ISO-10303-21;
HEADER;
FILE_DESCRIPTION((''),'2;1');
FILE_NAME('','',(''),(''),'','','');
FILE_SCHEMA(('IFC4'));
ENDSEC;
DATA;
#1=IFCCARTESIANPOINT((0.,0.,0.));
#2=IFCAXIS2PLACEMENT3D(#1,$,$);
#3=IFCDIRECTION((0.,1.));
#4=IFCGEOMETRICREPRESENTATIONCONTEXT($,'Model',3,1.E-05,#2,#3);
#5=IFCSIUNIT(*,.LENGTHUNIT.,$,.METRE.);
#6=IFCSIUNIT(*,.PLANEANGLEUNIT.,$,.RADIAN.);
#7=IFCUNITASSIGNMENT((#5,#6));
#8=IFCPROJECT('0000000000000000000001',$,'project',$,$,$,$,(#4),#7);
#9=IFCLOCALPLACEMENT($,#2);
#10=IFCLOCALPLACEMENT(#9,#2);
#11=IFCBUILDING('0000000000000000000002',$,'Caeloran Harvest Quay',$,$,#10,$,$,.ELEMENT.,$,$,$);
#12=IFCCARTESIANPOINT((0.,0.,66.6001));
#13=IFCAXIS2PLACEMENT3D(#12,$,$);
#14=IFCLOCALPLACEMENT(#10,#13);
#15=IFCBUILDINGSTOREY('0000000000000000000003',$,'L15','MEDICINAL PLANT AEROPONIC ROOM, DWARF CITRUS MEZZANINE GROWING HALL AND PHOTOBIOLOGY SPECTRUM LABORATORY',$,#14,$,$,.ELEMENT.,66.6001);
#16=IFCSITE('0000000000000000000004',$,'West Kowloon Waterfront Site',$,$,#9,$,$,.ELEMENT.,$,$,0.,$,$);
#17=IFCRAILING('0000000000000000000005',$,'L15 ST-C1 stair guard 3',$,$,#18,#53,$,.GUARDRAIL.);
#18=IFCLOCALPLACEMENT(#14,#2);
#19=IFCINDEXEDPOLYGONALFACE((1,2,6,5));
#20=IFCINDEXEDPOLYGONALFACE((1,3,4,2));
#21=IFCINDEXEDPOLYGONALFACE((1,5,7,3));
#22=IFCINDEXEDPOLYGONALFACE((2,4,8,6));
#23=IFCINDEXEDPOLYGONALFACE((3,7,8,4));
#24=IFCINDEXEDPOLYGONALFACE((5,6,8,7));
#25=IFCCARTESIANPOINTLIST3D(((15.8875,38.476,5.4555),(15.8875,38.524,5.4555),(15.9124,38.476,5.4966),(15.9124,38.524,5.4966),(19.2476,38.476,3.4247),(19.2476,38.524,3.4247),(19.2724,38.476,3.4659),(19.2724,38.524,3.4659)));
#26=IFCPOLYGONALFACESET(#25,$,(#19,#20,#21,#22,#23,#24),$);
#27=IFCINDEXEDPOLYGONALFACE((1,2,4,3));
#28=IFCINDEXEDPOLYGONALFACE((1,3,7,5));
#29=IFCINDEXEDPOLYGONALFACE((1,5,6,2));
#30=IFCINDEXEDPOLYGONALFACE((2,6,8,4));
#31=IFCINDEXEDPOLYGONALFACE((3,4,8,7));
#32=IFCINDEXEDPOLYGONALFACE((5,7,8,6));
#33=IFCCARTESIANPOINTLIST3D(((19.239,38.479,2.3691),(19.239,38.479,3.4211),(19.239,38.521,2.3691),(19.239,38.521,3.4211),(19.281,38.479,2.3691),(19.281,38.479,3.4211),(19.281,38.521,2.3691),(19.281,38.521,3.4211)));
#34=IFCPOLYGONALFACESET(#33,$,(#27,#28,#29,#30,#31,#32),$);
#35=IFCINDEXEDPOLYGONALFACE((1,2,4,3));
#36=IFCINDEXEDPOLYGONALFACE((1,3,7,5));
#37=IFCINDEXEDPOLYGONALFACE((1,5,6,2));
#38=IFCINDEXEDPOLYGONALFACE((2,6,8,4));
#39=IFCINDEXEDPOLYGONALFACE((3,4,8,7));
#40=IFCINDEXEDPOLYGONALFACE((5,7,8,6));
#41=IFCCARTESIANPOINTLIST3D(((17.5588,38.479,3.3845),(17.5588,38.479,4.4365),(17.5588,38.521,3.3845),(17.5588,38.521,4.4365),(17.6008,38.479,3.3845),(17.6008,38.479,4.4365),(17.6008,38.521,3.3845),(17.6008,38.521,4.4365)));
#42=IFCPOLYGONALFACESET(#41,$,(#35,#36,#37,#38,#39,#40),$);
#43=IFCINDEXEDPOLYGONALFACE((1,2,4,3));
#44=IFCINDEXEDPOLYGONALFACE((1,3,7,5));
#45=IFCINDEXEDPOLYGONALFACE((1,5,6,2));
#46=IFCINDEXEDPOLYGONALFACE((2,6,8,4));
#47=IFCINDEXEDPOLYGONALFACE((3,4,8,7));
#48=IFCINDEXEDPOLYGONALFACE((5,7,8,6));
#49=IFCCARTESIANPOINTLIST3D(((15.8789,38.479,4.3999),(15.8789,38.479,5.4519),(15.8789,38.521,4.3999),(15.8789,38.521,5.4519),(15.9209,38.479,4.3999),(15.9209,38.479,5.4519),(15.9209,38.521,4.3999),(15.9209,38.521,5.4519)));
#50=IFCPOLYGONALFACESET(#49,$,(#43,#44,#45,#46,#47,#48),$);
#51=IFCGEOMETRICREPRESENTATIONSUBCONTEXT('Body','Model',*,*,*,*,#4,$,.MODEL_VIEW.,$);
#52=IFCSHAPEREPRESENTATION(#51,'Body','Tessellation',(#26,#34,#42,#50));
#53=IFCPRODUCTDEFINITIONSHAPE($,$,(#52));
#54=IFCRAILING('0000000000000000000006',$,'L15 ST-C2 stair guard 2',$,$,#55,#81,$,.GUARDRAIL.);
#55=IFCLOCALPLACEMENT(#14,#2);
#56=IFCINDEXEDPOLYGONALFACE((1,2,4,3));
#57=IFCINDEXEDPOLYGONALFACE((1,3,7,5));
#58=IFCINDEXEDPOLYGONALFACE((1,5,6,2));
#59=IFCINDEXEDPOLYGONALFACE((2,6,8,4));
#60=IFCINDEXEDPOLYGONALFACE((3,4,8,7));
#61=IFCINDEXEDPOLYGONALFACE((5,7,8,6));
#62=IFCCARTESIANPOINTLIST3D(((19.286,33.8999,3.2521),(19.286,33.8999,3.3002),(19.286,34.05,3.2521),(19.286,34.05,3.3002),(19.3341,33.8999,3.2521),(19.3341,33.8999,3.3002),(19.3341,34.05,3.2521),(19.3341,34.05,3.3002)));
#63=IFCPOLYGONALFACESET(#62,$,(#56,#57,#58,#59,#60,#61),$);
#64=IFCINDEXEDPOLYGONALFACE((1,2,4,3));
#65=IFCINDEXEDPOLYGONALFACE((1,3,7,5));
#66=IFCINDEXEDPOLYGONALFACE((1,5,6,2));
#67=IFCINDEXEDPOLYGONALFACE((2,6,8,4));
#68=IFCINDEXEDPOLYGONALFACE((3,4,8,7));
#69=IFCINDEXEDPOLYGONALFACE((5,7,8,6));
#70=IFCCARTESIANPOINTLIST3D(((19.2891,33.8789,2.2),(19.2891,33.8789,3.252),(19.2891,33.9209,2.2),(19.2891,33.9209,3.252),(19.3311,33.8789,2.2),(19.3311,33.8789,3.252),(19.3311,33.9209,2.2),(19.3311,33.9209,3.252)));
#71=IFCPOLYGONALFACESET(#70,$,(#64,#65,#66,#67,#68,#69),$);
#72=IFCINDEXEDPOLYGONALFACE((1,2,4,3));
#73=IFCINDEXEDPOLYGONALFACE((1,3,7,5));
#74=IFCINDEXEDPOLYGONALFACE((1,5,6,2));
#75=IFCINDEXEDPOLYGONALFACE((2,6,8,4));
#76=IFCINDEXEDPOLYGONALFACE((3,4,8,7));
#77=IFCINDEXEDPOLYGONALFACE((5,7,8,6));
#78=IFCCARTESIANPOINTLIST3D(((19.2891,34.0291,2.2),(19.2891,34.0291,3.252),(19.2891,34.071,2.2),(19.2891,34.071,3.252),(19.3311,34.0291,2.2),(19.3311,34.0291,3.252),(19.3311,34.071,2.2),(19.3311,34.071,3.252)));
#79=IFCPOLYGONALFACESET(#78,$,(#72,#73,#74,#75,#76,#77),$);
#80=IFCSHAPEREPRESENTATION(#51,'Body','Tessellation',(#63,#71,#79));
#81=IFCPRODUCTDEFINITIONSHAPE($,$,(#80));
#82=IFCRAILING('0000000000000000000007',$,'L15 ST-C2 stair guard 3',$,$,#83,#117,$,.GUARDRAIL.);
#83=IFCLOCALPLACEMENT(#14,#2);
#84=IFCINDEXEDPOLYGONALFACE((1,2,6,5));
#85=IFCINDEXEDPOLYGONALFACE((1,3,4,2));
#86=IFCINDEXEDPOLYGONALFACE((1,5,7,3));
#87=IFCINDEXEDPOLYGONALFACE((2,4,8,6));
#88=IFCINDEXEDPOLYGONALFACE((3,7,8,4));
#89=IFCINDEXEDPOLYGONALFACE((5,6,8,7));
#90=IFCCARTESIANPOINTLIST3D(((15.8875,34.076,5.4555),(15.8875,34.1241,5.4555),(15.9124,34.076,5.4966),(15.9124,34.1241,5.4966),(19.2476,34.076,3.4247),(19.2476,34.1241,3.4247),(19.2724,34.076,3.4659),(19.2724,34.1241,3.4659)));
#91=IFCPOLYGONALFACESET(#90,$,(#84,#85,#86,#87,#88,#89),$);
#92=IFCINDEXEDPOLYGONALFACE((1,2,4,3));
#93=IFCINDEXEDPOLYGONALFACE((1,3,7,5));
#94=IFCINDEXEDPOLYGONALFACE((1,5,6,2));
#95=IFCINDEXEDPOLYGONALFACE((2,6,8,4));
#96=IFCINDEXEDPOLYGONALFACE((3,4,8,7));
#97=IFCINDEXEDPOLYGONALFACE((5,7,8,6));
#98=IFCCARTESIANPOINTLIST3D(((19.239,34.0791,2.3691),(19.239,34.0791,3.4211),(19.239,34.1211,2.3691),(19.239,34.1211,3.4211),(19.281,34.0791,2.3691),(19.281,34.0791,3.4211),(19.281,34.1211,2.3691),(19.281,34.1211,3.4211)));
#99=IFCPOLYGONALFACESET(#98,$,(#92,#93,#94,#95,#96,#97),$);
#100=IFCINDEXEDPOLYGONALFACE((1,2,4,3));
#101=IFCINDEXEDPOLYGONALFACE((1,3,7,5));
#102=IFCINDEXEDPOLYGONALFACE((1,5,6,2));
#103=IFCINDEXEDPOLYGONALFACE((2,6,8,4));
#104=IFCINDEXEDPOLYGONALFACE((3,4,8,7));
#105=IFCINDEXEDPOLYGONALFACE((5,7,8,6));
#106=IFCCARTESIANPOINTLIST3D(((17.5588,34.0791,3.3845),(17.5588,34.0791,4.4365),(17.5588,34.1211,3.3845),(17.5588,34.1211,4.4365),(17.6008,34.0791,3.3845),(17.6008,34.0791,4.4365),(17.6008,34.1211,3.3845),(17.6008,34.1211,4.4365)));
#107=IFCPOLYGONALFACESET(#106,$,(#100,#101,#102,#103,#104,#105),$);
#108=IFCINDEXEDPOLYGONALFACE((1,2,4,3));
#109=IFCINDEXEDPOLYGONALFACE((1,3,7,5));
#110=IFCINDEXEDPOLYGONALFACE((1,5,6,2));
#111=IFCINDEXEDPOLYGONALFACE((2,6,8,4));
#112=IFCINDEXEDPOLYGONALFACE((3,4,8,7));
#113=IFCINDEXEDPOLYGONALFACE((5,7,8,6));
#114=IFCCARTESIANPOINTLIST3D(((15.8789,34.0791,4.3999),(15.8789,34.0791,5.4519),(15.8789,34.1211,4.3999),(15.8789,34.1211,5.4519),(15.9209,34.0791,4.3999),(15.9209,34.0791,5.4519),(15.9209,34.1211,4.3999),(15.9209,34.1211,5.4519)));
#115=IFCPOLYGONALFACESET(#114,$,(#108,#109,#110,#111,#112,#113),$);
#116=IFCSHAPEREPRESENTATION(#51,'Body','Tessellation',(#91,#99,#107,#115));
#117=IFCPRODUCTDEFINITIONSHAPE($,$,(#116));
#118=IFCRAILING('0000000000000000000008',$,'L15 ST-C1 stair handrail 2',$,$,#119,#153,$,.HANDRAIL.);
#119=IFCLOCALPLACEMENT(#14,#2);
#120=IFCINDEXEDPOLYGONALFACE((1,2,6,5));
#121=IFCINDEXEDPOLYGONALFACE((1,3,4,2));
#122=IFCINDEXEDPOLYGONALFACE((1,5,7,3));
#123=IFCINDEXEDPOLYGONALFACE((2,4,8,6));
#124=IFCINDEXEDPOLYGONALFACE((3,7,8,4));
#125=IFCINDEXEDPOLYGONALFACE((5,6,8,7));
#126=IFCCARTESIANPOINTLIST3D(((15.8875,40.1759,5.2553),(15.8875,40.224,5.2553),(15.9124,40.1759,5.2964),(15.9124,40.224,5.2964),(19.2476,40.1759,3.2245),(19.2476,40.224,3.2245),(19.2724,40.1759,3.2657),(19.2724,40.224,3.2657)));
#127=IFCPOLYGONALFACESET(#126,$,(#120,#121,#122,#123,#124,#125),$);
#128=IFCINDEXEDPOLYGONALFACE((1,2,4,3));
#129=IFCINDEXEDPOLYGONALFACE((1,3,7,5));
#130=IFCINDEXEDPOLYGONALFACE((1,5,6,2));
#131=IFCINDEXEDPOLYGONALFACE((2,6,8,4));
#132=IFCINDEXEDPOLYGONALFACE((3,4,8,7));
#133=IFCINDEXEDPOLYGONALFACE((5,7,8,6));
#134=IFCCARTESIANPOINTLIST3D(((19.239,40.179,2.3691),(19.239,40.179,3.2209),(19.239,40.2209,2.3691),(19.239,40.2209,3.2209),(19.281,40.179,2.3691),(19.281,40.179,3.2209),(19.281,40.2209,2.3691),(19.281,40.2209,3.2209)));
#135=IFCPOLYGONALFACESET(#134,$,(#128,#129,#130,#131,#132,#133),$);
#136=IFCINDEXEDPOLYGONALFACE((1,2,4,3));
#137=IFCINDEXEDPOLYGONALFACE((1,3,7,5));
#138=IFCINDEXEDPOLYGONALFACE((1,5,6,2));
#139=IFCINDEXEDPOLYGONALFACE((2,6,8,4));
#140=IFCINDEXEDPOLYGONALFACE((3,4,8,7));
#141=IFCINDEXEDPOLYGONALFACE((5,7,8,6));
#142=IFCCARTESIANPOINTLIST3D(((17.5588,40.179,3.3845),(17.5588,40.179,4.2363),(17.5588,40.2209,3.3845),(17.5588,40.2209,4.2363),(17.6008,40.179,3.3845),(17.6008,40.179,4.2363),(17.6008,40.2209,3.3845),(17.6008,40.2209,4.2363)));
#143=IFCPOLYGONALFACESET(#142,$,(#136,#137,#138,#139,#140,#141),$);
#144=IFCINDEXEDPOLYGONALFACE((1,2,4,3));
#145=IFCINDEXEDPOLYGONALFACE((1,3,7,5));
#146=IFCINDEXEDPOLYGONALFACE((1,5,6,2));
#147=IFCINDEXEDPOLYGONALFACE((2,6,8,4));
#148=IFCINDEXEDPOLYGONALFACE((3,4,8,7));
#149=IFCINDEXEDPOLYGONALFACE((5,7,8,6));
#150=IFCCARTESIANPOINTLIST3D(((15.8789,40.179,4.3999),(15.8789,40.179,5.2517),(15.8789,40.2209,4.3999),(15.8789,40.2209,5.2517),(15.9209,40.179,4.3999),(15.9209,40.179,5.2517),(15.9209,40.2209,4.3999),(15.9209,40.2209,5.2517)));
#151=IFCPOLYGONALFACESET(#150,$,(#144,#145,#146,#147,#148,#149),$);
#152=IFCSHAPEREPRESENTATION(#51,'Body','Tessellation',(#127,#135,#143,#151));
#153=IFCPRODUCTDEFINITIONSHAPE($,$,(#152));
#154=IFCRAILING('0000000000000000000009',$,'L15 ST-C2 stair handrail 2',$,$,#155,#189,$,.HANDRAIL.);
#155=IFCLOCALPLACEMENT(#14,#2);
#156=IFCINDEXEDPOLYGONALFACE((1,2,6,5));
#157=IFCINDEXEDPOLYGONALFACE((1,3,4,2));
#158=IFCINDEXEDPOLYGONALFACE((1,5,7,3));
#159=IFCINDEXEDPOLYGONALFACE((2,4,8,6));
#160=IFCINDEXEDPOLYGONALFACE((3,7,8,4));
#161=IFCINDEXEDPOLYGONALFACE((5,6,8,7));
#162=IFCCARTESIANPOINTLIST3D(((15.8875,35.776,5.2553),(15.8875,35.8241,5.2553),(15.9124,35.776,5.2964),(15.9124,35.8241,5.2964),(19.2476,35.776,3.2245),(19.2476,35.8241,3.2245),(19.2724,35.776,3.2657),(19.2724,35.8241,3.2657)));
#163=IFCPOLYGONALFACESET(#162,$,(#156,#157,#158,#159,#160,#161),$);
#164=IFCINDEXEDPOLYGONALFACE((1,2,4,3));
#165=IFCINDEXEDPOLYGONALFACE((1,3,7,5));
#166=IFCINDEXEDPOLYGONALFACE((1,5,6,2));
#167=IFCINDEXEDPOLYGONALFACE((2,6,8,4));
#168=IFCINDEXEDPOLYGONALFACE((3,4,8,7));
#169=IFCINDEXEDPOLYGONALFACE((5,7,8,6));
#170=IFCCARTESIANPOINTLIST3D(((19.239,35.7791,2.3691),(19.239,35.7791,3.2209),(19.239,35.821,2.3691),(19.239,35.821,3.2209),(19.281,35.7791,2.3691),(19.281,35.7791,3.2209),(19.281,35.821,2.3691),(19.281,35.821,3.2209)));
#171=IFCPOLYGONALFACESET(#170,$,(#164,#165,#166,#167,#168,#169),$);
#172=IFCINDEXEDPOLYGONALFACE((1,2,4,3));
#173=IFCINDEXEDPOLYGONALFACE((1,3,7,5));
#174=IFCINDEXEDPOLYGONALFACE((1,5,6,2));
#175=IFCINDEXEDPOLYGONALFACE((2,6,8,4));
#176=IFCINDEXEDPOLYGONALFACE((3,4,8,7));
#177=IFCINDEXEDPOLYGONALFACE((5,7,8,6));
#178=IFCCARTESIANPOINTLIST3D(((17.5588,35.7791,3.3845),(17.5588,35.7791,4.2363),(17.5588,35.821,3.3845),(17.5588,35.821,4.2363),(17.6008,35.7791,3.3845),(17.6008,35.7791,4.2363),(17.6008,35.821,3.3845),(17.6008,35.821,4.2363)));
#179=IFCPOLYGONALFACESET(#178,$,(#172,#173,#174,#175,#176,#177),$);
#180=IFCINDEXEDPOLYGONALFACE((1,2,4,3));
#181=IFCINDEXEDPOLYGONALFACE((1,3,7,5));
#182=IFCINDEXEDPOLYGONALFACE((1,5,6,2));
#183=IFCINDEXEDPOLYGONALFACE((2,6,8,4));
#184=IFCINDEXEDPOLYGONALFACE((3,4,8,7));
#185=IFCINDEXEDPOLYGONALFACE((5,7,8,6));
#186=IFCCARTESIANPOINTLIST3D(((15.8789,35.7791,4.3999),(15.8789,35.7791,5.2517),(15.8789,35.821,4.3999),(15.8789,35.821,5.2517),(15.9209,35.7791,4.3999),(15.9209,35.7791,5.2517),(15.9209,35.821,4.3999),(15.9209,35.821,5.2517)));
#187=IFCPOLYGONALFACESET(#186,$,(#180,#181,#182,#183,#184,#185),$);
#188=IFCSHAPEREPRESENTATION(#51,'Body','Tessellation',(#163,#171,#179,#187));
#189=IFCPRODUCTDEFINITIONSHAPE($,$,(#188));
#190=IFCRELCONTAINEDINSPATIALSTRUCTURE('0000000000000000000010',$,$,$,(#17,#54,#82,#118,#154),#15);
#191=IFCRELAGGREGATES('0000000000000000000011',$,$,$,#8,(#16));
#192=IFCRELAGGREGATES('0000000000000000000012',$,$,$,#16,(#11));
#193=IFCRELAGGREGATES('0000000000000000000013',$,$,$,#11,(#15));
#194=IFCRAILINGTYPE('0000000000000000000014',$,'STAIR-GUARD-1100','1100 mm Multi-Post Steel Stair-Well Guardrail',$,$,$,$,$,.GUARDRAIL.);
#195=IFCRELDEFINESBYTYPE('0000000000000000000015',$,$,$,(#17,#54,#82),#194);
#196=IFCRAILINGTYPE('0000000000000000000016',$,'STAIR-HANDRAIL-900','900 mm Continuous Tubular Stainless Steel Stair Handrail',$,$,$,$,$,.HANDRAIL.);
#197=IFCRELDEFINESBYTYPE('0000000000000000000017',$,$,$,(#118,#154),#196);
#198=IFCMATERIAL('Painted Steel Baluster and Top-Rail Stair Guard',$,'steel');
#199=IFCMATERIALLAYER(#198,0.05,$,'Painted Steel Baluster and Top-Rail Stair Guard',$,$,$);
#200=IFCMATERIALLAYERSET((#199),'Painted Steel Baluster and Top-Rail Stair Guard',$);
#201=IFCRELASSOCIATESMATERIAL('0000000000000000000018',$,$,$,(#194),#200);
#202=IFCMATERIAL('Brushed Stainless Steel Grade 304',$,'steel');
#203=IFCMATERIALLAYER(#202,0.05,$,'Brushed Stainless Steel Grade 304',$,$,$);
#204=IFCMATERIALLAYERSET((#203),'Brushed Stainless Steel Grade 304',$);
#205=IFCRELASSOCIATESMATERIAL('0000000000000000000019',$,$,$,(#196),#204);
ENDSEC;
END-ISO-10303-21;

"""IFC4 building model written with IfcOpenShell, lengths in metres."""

from ifc_helpers import new_model, si_unit, direction, frame, origin, origin_2d, place, context, subcontext, project, spatial, rectangle, extrude, material, layer, layer_set, type_object, element, save


model = new_model("IFC4")

# Units and contexts
model_context = context("Model", 3, precision=1e-05, world=origin(), true_north=direction((0.0, 1.0)))
body_context = subcontext(model_context, "Body", "Model", "MODEL_VIEW")
ifc_project = project(units=[si_unit("LENGTHUNIT", "METRE"), si_unit("PLANEANGLEUNIT", "RADIAN")], contexts=[model_context])

# Site, building, storey
site_placement = place(None, origin())
site = spatial("IfcSite", under=ifc_project, at=site_placement, Name="West Kowloon Waterfront Site", CompositionType="ELEMENT", RefElevation=0.0)
building_placement = place(site_placement, origin())
building = spatial("IfcBuilding", under=site, at=building_placement, Name="Caeloran Harvest Quay", CompositionType="ELEMENT")
storey_placement = place(building_placement, frame((0.0, 0.0, 66.6001)))
storey = spatial("IfcBuildingStorey", under=building, at=storey_placement, Name="L15", Description="MEDICINAL PLANT AEROPONIC ROOM, DWARF CITRUS MEZZANINE GROWING HALL AND PHOTOBIOLOGY SPECTRUM LABORATORY", CompositionType="ELEMENT", Elevation=66.6001)

# Railings
ifc_material_1 = material(Name="Painted Steel Baluster and Top-Rail Stair Guard", Category="steel")
ifc_layer_1 = layer(ifc_material_1, 0.05, Name="Painted Steel Baluster and Top-Rail Stair Guard")
ifc_layer_set_1 = layer_set([ifc_layer_1], Name="Painted Steel Baluster and Top-Rail Stair Guard")
railing_type_1 = type_object("IfcRailingType", Name="STAIR-GUARD-1100", Description="1100 mm Multi-Post Steel Stair-Well Guardrail", PredefinedType="GUARDRAIL", material=ifc_layer_set_1)
railing_1_placement = place(storey_placement, frame((19.26, 38.5, 2.3691)))
element("IfcRailing", 1, at=railing_1_placement, inside=storey, type_object=railing_type_1, Name="L15 ST-C1 stair guard 3", PredefinedType="GUARDRAIL", context=body_context, shape_type="SweptSolid", body=[
    extrude(rectangle(XDim=0.0481, YDim=0.0481, at=origin_2d()), frame((0.0, 0.0, 1.0762), z_axis=(-0.855837, 0.0, 0.517246), x_axis=(0.0, -1.0, 0.0)), (0.0, 0.0, 1.0), 3.926),
    extrude(rectangle(XDim=0.042, YDim=0.042, at=origin_2d()), origin(), (0.0, 0.0, 1.0), 1.052),
    extrude(rectangle(XDim=0.042, YDim=0.042, at=origin_2d()), frame((-1.6802, 0.0, 1.0154)), (0.0, 0.0, 1.0), 1.052),
    extrude(rectangle(XDim=0.042, YDim=0.042, at=origin_2d()), frame((-3.3601, 0.0, 2.0308)), (0.0, 0.0, 1.0), 1.052),
])
railing_2_placement = place(storey_placement, frame((19.3101, 33.8999, 2.2)))
element("IfcRailing", 2, at=railing_2_placement, inside=storey, type_object=railing_type_1, Name="L15 ST-C2 stair guard 2", PredefinedType="GUARDRAIL", context=body_context, shape_type="SweptSolid", body=[
    extrude(rectangle(XDim=0.0481, YDim=0.0481, at=origin_2d()), frame((0.0, 0.0, 1.0762), z_axis=(0.0, 1.0, 0.0), x_axis=(-1.0, 0.0, 0.0)), (0.0, 0.0, 1.0), 0.1501),
    extrude(rectangle(XDim=0.042, YDim=0.042, at=origin_2d()), origin(), (0.0, 0.0, 1.0), 1.052),
    extrude(rectangle(XDim=0.042, YDim=0.042, at=origin_2d()), frame((0.0, 0.1501, 0.0)), (0.0, 0.0, 1.0), 1.052),
])
railing_3_placement = place(storey_placement, frame((19.26, 34.1001, 2.3691)))
element("IfcRailing", 3, at=railing_3_placement, inside=storey, type_object=railing_type_1, Name="L15 ST-C2 stair guard 3", PredefinedType="GUARDRAIL", context=body_context, shape_type="SweptSolid", body=[
    extrude(rectangle(XDim=0.0481, YDim=0.0481, at=origin_2d()), frame((0.0, 0.0, 1.0762), z_axis=(-0.855837, 0.0, 0.517246), x_axis=(0.0, -1.0, 0.0)), (0.0, 0.0, 1.0), 3.926),
    extrude(rectangle(XDim=0.042, YDim=0.042, at=origin_2d()), origin(), (0.0, 0.0, 1.0), 1.052),
    extrude(rectangle(XDim=0.042, YDim=0.042, at=origin_2d()), frame((-1.6802, 0.0, 1.0154)), (0.0, 0.0, 1.0), 1.052),
    extrude(rectangle(XDim=0.042, YDim=0.042, at=origin_2d()), frame((-3.3601, 0.0, 2.0308)), (0.0, 0.0, 1.0), 1.052),
])
ifc_material_2 = material(Name="Brushed Stainless Steel Grade 304", Category="steel")
ifc_layer_2 = layer(ifc_material_2, 0.05, Name="Brushed Stainless Steel Grade 304")
ifc_layer_set_2 = layer_set([ifc_layer_2], Name="Brushed Stainless Steel Grade 304")
railing_type_2 = type_object("IfcRailingType", Name="STAIR-HANDRAIL-900", Description="900 mm Continuous Tubular Stainless Steel Stair Handrail", PredefinedType="HANDRAIL", material=ifc_layer_set_2)
for number, where, name in (
    (4, (19.26, 40.2, 2.3691), "L15 ST-C1 stair handrail 2"),
    (5, (19.26, 35.8, 2.3691), "L15 ST-C2 stair handrail 2"),
):
    element("IfcRailing", number, at=place(storey_placement, frame(where)), inside=storey, type_object=railing_type_2, Name=name, PredefinedType="HANDRAIL", context=body_context, shape_type="SweptSolid", body=[
        extrude(rectangle(XDim=0.0481, YDim=0.0481, at=origin_2d()), frame((0.0, 0.0, 0.876), z_axis=(-0.855837, 0.0, 0.517246), x_axis=(0.0, -1.0, 0.0)), (0.0, 0.0, 1.0), 3.926),
        extrude(rectangle(XDim=0.042, YDim=0.042, at=origin_2d()), origin(), (0.0, 0.0, 1.0), 0.8518),
        extrude(rectangle(XDim=0.042, YDim=0.042, at=origin_2d()), frame((-1.6802, 0.0, 1.0154)), (0.0, 0.0, 1.0), 0.8518),
        extrude(rectangle(XDim=0.042, YDim=0.042, at=origin_2d()), frame((-3.3601, 0.0, 2.0308)), (0.0, 0.0, 1.0), 0.8518),
    ])

save(model, "model.ifc")
